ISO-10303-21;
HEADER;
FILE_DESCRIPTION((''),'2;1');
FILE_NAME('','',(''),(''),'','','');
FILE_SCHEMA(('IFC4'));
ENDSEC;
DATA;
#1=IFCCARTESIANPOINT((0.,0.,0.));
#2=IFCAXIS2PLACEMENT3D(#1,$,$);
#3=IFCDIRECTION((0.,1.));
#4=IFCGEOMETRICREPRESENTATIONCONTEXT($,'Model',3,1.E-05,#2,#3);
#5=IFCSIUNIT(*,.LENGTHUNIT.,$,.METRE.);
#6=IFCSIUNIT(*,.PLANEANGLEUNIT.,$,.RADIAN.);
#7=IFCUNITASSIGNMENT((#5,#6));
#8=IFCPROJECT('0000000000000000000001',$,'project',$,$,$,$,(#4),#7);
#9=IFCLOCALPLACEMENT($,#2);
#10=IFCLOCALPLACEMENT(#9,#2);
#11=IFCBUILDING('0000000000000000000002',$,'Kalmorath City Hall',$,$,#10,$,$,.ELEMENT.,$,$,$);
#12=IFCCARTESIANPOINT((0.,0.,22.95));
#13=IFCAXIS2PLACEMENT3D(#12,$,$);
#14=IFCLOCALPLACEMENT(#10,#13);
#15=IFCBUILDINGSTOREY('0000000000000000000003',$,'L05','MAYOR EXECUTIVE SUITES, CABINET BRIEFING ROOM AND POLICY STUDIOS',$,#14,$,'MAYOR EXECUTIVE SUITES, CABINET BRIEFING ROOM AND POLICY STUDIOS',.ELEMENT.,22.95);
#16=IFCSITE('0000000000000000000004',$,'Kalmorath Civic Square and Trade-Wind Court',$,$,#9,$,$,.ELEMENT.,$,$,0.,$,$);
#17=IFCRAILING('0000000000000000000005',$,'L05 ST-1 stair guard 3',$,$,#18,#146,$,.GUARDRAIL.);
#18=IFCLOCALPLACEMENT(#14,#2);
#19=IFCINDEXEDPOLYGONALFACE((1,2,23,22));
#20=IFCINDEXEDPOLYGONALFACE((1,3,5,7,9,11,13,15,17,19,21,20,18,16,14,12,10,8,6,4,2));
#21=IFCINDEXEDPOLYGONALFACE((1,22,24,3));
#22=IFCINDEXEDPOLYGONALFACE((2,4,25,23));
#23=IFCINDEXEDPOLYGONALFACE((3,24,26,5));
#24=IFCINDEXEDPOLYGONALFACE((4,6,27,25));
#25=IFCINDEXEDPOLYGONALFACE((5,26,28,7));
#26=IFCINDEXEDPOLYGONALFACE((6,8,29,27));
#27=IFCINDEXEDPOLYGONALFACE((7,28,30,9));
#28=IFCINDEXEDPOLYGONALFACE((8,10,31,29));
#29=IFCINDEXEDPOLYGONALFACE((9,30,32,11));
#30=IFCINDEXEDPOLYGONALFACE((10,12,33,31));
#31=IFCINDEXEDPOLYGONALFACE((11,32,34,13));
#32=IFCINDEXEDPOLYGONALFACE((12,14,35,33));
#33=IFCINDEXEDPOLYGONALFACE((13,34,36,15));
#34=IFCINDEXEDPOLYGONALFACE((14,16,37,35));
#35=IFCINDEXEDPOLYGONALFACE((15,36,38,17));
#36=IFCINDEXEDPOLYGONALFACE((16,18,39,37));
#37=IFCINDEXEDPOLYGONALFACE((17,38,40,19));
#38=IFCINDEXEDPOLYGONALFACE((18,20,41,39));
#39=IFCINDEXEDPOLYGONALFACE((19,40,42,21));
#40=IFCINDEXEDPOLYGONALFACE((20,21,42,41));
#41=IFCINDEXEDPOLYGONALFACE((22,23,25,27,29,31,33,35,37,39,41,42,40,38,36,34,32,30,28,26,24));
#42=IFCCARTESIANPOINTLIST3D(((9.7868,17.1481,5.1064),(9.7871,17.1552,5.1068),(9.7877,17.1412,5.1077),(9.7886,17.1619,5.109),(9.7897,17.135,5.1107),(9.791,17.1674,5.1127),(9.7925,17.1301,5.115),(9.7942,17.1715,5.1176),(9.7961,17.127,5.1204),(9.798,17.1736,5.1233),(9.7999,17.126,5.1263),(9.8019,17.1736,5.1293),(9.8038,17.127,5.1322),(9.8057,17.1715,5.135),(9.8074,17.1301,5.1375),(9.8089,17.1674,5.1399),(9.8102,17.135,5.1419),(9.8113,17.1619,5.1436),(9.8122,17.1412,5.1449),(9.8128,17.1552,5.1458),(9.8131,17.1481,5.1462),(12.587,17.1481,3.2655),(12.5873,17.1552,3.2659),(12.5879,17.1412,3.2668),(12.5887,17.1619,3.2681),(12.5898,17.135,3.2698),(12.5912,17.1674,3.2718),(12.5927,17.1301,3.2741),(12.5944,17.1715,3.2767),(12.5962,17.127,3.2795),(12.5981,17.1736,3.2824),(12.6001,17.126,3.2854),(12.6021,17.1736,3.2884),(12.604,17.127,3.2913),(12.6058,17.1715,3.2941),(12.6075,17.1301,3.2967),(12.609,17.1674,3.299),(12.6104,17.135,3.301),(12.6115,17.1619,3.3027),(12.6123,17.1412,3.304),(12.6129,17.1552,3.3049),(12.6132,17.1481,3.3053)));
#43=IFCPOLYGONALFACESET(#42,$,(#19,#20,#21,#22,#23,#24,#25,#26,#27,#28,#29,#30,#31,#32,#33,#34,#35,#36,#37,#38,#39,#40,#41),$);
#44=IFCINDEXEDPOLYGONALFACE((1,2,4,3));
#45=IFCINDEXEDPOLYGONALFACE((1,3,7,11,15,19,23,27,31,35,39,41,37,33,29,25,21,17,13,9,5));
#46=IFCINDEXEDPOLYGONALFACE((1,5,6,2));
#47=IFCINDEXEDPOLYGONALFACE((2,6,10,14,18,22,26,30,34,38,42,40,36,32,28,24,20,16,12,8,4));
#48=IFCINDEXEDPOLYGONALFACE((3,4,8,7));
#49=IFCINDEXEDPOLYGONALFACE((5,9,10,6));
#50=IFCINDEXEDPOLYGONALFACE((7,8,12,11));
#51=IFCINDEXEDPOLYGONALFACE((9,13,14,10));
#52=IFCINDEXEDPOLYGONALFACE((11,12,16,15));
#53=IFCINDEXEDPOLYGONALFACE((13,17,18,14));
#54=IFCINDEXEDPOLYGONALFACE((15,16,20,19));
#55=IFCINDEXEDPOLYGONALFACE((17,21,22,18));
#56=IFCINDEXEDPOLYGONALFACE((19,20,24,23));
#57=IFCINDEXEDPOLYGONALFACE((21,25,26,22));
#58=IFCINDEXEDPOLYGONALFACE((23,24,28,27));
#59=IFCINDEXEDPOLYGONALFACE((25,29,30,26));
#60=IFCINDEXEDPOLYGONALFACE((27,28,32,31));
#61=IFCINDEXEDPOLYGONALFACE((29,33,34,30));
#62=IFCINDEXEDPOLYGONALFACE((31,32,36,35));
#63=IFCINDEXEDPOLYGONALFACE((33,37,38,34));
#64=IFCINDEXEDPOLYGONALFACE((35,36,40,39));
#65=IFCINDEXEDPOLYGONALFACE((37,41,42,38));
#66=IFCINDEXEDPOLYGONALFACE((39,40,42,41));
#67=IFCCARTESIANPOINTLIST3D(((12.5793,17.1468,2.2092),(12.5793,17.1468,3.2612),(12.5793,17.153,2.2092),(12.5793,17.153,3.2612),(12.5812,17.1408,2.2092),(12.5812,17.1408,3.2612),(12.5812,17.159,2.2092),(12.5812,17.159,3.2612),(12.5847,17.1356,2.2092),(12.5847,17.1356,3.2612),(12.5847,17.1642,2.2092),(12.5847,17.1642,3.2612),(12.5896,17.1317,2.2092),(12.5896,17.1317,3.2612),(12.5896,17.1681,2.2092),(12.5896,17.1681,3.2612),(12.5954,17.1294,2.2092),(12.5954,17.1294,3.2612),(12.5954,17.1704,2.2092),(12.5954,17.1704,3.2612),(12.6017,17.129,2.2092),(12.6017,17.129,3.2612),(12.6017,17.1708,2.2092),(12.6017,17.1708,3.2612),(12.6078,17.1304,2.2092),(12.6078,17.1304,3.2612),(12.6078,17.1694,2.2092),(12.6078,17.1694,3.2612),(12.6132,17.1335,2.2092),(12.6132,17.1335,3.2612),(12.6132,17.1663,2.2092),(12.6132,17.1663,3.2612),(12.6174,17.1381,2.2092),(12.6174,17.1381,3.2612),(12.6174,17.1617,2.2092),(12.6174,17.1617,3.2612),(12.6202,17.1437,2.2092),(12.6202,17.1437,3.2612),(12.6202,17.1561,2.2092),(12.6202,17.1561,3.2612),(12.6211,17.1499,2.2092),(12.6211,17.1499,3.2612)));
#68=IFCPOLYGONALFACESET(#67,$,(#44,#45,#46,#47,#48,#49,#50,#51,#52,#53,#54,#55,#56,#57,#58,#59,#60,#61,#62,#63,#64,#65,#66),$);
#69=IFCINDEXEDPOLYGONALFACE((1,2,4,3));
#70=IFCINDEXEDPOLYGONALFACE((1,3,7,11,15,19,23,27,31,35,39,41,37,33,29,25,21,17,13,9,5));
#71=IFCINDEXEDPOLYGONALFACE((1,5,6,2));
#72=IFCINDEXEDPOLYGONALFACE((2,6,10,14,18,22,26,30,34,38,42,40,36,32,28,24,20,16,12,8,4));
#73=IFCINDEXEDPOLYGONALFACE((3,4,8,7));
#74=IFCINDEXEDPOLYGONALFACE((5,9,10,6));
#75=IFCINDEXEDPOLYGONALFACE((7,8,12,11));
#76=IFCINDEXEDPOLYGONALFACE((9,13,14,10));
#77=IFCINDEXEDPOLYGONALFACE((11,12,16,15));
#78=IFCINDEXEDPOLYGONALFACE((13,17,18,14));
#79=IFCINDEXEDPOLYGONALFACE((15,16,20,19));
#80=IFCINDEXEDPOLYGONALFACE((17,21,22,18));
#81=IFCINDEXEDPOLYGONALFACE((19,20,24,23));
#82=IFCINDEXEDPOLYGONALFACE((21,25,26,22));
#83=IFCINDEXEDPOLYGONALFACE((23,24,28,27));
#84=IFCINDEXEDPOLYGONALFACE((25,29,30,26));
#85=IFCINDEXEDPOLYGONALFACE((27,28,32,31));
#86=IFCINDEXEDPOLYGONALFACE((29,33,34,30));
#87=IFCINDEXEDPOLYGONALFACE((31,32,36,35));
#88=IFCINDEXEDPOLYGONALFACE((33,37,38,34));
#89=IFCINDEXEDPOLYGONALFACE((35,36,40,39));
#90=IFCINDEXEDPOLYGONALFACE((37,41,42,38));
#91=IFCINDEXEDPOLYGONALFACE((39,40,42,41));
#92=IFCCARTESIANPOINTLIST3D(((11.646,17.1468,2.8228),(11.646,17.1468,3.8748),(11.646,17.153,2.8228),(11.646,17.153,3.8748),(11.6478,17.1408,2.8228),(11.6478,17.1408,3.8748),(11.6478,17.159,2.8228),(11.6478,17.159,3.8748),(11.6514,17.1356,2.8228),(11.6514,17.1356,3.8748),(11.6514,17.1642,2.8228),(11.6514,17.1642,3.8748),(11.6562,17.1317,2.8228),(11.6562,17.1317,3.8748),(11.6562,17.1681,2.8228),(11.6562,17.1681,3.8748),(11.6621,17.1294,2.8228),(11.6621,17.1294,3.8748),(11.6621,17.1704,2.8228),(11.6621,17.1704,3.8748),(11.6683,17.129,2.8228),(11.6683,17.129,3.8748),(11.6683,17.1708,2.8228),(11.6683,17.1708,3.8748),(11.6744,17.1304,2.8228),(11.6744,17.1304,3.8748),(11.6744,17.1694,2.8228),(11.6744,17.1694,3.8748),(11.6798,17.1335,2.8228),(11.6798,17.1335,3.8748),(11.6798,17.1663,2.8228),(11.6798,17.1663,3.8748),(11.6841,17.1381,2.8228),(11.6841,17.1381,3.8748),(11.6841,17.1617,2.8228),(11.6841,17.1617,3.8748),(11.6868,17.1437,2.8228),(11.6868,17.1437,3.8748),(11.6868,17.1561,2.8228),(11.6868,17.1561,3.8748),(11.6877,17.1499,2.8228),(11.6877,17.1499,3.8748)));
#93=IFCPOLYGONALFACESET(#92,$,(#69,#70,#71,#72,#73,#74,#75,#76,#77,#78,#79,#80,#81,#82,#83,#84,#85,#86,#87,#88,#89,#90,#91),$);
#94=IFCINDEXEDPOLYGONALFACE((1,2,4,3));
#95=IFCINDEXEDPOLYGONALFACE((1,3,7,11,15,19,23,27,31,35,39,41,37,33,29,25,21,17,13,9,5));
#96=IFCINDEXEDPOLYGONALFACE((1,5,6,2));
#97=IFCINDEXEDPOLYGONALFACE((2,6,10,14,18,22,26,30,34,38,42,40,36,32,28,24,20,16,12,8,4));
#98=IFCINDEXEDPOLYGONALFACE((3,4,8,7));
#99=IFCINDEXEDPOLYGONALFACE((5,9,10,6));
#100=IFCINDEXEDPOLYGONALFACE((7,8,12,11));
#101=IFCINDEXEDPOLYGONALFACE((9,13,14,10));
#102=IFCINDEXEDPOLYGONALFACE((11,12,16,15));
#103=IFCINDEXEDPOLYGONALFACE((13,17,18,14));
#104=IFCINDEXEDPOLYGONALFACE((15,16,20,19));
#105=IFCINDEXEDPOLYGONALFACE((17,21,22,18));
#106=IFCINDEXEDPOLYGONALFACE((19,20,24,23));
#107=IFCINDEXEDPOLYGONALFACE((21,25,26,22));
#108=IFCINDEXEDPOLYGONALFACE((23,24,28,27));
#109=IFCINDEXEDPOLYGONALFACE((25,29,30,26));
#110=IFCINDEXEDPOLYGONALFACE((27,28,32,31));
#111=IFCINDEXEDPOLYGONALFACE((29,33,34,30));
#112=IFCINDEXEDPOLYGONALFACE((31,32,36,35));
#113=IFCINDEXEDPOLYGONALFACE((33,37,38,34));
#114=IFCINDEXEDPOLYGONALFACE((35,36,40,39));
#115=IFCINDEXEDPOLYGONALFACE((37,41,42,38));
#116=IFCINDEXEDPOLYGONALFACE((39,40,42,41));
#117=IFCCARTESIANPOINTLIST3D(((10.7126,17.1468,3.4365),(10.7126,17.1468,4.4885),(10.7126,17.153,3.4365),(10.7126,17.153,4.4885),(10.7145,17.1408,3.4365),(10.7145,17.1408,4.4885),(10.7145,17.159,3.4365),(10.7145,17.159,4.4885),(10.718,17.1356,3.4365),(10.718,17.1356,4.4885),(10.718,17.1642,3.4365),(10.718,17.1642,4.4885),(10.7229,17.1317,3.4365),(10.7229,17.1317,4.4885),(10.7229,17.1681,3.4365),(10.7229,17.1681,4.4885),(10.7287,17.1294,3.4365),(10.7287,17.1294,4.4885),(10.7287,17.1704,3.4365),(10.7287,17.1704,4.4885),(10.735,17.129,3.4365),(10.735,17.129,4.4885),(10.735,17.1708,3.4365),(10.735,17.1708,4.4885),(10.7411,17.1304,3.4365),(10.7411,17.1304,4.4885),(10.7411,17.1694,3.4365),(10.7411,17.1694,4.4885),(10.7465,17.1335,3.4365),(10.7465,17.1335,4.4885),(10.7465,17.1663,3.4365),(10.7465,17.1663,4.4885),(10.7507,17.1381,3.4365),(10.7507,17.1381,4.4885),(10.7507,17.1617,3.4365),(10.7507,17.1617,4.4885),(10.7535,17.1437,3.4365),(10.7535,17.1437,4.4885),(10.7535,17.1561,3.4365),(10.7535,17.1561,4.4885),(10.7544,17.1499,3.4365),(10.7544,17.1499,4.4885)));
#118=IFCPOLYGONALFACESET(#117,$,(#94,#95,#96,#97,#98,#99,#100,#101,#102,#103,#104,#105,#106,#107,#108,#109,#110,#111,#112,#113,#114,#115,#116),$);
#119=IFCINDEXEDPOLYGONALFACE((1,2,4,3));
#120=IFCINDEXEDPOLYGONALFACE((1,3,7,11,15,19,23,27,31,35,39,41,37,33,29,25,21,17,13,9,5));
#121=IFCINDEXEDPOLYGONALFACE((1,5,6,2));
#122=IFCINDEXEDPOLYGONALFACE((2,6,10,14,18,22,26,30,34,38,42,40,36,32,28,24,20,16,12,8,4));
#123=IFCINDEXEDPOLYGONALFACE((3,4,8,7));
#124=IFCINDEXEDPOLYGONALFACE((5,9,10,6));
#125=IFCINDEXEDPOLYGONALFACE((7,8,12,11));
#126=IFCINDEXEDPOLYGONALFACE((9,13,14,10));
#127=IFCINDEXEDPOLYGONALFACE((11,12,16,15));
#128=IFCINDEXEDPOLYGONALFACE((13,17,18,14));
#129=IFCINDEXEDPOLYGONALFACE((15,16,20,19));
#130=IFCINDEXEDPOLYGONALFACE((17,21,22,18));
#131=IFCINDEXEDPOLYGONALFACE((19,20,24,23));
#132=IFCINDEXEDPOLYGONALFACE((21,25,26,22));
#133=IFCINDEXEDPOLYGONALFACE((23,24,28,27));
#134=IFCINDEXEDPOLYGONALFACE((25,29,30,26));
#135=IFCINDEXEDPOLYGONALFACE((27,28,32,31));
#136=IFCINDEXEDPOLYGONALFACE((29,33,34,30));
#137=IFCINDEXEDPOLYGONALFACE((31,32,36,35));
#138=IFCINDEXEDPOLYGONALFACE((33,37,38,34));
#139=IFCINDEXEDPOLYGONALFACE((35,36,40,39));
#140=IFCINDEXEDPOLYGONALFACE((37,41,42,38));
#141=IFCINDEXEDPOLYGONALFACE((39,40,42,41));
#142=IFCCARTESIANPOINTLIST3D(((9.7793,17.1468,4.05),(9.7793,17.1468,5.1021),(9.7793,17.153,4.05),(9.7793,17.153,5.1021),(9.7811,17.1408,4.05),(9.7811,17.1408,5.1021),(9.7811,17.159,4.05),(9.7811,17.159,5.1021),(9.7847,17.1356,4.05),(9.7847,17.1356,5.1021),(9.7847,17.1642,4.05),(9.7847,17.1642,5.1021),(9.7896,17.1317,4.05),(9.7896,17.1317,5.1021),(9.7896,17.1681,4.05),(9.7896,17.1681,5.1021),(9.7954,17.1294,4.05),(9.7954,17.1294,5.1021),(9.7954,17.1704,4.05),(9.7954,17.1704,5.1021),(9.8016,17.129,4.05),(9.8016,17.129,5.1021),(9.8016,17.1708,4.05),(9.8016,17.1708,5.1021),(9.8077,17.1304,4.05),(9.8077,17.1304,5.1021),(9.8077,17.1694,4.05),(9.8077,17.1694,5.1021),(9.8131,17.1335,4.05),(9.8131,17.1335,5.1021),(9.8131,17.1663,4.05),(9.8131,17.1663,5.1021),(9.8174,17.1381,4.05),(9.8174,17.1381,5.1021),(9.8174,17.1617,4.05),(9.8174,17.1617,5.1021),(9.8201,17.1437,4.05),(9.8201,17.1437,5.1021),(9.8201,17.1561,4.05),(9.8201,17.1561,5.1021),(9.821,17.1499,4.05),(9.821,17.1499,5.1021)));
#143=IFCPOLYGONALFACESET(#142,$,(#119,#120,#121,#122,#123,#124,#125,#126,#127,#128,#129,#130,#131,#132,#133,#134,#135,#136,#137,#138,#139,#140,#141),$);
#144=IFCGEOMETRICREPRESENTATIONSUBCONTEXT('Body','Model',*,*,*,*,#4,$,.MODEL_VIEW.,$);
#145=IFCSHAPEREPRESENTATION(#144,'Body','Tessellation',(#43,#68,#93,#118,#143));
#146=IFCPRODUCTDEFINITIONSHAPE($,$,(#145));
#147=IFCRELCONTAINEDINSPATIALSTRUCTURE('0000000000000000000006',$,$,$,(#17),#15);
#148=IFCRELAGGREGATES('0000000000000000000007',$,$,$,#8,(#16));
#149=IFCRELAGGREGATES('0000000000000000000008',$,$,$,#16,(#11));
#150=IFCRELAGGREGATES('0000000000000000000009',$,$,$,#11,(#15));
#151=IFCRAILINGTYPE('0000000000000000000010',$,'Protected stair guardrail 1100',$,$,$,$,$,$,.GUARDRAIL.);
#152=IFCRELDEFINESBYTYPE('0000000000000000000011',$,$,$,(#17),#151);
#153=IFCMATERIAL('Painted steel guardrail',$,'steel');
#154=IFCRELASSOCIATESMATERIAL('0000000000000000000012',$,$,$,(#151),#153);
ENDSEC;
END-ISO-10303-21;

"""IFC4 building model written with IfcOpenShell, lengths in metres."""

from ifc_helpers import new_model, si_unit, direction, frame, origin, origin_2d, place, context, subcontext, project, spatial, circle, extrude, material, type_object, element, save


model = new_model("IFC4")

# Units and contexts
model_context = context("Model", 3, precision=1e-05, world=origin(), true_north=direction((0.0, 1.0)))
body_context = subcontext(model_context, "Body", "Model", "MODEL_VIEW")
ifc_project = project(units=[si_unit("LENGTHUNIT", "METRE"), si_unit("PLANEANGLEUNIT", "RADIAN")], contexts=[model_context])

# Site, building, storey
site_placement = place(None, origin())
site = spatial("IfcSite", under=ifc_project, at=site_placement, Name="Kalmorath Civic Square and Trade-Wind Court", CompositionType="ELEMENT", RefElevation=0.0)
building_placement = place(site_placement, origin())
building = spatial("IfcBuilding", under=site, at=building_placement, Name="Kalmorath City Hall", CompositionType="ELEMENT")
storey_placement = place(building_placement, frame((0.0, 0.0, 22.95)))
storey = spatial("IfcBuildingStorey", under=building, at=storey_placement, Name="L05", Description="MAYOR EXECUTIVE SUITES, CABINET BRIEFING ROOM AND POLICY STUDIOS", LongName="MAYOR EXECUTIVE SUITES, CABINET BRIEFING ROOM AND POLICY STUDIOS", CompositionType="ELEMENT", Elevation=22.95)

# Railing
ifc_material_1 = material(Name="Painted steel guardrail", Category="steel")
railing_type_1 = type_object("IfcRailingType", Name="Protected stair guardrail 1100", PredefinedType="GUARDRAIL", material=ifc_material_1)
railing_1_placement = place(storey_placement, frame((12.6001, 17.1499, 2.2092)))
element("IfcRailing", 1, at=railing_1_placement, inside=storey, type_object=railing_type_1, Name="L05 ST-1 stair guard 3", PredefinedType="GUARDRAIL", context=body_context, shape_type="SweptSolid", body=[
    extrude(circle(Radius=0.0239, at=origin_2d()), frame((0.0, 0.0, 1.0762), z_axis=(-0.835598, 0.0, 0.549342), x_axis=(0.0, -1.0, 0.0)), (0.0, 0.0, 1.0), 3.3511),
    extrude(circle(Radius=0.021, at=origin_2d()), origin(), (0.0, 0.0, 1.0), 1.052),
    extrude(circle(Radius=0.021, at=origin_2d()), frame((-0.9333, 0.0, 0.6135)), (0.0, 0.0, 1.0), 1.052),
    extrude(circle(Radius=0.021, at=origin_2d()), frame((-1.8667, 0.0, 1.2273)), (0.0, 0.0, 1.0), 1.052),
    extrude(circle(Radius=0.021, at=origin_2d()), frame((-2.8, 0.0, 1.8408)), (0.0, 0.0, 1.0), 1.052),
])

save(model, "model.ifc")
